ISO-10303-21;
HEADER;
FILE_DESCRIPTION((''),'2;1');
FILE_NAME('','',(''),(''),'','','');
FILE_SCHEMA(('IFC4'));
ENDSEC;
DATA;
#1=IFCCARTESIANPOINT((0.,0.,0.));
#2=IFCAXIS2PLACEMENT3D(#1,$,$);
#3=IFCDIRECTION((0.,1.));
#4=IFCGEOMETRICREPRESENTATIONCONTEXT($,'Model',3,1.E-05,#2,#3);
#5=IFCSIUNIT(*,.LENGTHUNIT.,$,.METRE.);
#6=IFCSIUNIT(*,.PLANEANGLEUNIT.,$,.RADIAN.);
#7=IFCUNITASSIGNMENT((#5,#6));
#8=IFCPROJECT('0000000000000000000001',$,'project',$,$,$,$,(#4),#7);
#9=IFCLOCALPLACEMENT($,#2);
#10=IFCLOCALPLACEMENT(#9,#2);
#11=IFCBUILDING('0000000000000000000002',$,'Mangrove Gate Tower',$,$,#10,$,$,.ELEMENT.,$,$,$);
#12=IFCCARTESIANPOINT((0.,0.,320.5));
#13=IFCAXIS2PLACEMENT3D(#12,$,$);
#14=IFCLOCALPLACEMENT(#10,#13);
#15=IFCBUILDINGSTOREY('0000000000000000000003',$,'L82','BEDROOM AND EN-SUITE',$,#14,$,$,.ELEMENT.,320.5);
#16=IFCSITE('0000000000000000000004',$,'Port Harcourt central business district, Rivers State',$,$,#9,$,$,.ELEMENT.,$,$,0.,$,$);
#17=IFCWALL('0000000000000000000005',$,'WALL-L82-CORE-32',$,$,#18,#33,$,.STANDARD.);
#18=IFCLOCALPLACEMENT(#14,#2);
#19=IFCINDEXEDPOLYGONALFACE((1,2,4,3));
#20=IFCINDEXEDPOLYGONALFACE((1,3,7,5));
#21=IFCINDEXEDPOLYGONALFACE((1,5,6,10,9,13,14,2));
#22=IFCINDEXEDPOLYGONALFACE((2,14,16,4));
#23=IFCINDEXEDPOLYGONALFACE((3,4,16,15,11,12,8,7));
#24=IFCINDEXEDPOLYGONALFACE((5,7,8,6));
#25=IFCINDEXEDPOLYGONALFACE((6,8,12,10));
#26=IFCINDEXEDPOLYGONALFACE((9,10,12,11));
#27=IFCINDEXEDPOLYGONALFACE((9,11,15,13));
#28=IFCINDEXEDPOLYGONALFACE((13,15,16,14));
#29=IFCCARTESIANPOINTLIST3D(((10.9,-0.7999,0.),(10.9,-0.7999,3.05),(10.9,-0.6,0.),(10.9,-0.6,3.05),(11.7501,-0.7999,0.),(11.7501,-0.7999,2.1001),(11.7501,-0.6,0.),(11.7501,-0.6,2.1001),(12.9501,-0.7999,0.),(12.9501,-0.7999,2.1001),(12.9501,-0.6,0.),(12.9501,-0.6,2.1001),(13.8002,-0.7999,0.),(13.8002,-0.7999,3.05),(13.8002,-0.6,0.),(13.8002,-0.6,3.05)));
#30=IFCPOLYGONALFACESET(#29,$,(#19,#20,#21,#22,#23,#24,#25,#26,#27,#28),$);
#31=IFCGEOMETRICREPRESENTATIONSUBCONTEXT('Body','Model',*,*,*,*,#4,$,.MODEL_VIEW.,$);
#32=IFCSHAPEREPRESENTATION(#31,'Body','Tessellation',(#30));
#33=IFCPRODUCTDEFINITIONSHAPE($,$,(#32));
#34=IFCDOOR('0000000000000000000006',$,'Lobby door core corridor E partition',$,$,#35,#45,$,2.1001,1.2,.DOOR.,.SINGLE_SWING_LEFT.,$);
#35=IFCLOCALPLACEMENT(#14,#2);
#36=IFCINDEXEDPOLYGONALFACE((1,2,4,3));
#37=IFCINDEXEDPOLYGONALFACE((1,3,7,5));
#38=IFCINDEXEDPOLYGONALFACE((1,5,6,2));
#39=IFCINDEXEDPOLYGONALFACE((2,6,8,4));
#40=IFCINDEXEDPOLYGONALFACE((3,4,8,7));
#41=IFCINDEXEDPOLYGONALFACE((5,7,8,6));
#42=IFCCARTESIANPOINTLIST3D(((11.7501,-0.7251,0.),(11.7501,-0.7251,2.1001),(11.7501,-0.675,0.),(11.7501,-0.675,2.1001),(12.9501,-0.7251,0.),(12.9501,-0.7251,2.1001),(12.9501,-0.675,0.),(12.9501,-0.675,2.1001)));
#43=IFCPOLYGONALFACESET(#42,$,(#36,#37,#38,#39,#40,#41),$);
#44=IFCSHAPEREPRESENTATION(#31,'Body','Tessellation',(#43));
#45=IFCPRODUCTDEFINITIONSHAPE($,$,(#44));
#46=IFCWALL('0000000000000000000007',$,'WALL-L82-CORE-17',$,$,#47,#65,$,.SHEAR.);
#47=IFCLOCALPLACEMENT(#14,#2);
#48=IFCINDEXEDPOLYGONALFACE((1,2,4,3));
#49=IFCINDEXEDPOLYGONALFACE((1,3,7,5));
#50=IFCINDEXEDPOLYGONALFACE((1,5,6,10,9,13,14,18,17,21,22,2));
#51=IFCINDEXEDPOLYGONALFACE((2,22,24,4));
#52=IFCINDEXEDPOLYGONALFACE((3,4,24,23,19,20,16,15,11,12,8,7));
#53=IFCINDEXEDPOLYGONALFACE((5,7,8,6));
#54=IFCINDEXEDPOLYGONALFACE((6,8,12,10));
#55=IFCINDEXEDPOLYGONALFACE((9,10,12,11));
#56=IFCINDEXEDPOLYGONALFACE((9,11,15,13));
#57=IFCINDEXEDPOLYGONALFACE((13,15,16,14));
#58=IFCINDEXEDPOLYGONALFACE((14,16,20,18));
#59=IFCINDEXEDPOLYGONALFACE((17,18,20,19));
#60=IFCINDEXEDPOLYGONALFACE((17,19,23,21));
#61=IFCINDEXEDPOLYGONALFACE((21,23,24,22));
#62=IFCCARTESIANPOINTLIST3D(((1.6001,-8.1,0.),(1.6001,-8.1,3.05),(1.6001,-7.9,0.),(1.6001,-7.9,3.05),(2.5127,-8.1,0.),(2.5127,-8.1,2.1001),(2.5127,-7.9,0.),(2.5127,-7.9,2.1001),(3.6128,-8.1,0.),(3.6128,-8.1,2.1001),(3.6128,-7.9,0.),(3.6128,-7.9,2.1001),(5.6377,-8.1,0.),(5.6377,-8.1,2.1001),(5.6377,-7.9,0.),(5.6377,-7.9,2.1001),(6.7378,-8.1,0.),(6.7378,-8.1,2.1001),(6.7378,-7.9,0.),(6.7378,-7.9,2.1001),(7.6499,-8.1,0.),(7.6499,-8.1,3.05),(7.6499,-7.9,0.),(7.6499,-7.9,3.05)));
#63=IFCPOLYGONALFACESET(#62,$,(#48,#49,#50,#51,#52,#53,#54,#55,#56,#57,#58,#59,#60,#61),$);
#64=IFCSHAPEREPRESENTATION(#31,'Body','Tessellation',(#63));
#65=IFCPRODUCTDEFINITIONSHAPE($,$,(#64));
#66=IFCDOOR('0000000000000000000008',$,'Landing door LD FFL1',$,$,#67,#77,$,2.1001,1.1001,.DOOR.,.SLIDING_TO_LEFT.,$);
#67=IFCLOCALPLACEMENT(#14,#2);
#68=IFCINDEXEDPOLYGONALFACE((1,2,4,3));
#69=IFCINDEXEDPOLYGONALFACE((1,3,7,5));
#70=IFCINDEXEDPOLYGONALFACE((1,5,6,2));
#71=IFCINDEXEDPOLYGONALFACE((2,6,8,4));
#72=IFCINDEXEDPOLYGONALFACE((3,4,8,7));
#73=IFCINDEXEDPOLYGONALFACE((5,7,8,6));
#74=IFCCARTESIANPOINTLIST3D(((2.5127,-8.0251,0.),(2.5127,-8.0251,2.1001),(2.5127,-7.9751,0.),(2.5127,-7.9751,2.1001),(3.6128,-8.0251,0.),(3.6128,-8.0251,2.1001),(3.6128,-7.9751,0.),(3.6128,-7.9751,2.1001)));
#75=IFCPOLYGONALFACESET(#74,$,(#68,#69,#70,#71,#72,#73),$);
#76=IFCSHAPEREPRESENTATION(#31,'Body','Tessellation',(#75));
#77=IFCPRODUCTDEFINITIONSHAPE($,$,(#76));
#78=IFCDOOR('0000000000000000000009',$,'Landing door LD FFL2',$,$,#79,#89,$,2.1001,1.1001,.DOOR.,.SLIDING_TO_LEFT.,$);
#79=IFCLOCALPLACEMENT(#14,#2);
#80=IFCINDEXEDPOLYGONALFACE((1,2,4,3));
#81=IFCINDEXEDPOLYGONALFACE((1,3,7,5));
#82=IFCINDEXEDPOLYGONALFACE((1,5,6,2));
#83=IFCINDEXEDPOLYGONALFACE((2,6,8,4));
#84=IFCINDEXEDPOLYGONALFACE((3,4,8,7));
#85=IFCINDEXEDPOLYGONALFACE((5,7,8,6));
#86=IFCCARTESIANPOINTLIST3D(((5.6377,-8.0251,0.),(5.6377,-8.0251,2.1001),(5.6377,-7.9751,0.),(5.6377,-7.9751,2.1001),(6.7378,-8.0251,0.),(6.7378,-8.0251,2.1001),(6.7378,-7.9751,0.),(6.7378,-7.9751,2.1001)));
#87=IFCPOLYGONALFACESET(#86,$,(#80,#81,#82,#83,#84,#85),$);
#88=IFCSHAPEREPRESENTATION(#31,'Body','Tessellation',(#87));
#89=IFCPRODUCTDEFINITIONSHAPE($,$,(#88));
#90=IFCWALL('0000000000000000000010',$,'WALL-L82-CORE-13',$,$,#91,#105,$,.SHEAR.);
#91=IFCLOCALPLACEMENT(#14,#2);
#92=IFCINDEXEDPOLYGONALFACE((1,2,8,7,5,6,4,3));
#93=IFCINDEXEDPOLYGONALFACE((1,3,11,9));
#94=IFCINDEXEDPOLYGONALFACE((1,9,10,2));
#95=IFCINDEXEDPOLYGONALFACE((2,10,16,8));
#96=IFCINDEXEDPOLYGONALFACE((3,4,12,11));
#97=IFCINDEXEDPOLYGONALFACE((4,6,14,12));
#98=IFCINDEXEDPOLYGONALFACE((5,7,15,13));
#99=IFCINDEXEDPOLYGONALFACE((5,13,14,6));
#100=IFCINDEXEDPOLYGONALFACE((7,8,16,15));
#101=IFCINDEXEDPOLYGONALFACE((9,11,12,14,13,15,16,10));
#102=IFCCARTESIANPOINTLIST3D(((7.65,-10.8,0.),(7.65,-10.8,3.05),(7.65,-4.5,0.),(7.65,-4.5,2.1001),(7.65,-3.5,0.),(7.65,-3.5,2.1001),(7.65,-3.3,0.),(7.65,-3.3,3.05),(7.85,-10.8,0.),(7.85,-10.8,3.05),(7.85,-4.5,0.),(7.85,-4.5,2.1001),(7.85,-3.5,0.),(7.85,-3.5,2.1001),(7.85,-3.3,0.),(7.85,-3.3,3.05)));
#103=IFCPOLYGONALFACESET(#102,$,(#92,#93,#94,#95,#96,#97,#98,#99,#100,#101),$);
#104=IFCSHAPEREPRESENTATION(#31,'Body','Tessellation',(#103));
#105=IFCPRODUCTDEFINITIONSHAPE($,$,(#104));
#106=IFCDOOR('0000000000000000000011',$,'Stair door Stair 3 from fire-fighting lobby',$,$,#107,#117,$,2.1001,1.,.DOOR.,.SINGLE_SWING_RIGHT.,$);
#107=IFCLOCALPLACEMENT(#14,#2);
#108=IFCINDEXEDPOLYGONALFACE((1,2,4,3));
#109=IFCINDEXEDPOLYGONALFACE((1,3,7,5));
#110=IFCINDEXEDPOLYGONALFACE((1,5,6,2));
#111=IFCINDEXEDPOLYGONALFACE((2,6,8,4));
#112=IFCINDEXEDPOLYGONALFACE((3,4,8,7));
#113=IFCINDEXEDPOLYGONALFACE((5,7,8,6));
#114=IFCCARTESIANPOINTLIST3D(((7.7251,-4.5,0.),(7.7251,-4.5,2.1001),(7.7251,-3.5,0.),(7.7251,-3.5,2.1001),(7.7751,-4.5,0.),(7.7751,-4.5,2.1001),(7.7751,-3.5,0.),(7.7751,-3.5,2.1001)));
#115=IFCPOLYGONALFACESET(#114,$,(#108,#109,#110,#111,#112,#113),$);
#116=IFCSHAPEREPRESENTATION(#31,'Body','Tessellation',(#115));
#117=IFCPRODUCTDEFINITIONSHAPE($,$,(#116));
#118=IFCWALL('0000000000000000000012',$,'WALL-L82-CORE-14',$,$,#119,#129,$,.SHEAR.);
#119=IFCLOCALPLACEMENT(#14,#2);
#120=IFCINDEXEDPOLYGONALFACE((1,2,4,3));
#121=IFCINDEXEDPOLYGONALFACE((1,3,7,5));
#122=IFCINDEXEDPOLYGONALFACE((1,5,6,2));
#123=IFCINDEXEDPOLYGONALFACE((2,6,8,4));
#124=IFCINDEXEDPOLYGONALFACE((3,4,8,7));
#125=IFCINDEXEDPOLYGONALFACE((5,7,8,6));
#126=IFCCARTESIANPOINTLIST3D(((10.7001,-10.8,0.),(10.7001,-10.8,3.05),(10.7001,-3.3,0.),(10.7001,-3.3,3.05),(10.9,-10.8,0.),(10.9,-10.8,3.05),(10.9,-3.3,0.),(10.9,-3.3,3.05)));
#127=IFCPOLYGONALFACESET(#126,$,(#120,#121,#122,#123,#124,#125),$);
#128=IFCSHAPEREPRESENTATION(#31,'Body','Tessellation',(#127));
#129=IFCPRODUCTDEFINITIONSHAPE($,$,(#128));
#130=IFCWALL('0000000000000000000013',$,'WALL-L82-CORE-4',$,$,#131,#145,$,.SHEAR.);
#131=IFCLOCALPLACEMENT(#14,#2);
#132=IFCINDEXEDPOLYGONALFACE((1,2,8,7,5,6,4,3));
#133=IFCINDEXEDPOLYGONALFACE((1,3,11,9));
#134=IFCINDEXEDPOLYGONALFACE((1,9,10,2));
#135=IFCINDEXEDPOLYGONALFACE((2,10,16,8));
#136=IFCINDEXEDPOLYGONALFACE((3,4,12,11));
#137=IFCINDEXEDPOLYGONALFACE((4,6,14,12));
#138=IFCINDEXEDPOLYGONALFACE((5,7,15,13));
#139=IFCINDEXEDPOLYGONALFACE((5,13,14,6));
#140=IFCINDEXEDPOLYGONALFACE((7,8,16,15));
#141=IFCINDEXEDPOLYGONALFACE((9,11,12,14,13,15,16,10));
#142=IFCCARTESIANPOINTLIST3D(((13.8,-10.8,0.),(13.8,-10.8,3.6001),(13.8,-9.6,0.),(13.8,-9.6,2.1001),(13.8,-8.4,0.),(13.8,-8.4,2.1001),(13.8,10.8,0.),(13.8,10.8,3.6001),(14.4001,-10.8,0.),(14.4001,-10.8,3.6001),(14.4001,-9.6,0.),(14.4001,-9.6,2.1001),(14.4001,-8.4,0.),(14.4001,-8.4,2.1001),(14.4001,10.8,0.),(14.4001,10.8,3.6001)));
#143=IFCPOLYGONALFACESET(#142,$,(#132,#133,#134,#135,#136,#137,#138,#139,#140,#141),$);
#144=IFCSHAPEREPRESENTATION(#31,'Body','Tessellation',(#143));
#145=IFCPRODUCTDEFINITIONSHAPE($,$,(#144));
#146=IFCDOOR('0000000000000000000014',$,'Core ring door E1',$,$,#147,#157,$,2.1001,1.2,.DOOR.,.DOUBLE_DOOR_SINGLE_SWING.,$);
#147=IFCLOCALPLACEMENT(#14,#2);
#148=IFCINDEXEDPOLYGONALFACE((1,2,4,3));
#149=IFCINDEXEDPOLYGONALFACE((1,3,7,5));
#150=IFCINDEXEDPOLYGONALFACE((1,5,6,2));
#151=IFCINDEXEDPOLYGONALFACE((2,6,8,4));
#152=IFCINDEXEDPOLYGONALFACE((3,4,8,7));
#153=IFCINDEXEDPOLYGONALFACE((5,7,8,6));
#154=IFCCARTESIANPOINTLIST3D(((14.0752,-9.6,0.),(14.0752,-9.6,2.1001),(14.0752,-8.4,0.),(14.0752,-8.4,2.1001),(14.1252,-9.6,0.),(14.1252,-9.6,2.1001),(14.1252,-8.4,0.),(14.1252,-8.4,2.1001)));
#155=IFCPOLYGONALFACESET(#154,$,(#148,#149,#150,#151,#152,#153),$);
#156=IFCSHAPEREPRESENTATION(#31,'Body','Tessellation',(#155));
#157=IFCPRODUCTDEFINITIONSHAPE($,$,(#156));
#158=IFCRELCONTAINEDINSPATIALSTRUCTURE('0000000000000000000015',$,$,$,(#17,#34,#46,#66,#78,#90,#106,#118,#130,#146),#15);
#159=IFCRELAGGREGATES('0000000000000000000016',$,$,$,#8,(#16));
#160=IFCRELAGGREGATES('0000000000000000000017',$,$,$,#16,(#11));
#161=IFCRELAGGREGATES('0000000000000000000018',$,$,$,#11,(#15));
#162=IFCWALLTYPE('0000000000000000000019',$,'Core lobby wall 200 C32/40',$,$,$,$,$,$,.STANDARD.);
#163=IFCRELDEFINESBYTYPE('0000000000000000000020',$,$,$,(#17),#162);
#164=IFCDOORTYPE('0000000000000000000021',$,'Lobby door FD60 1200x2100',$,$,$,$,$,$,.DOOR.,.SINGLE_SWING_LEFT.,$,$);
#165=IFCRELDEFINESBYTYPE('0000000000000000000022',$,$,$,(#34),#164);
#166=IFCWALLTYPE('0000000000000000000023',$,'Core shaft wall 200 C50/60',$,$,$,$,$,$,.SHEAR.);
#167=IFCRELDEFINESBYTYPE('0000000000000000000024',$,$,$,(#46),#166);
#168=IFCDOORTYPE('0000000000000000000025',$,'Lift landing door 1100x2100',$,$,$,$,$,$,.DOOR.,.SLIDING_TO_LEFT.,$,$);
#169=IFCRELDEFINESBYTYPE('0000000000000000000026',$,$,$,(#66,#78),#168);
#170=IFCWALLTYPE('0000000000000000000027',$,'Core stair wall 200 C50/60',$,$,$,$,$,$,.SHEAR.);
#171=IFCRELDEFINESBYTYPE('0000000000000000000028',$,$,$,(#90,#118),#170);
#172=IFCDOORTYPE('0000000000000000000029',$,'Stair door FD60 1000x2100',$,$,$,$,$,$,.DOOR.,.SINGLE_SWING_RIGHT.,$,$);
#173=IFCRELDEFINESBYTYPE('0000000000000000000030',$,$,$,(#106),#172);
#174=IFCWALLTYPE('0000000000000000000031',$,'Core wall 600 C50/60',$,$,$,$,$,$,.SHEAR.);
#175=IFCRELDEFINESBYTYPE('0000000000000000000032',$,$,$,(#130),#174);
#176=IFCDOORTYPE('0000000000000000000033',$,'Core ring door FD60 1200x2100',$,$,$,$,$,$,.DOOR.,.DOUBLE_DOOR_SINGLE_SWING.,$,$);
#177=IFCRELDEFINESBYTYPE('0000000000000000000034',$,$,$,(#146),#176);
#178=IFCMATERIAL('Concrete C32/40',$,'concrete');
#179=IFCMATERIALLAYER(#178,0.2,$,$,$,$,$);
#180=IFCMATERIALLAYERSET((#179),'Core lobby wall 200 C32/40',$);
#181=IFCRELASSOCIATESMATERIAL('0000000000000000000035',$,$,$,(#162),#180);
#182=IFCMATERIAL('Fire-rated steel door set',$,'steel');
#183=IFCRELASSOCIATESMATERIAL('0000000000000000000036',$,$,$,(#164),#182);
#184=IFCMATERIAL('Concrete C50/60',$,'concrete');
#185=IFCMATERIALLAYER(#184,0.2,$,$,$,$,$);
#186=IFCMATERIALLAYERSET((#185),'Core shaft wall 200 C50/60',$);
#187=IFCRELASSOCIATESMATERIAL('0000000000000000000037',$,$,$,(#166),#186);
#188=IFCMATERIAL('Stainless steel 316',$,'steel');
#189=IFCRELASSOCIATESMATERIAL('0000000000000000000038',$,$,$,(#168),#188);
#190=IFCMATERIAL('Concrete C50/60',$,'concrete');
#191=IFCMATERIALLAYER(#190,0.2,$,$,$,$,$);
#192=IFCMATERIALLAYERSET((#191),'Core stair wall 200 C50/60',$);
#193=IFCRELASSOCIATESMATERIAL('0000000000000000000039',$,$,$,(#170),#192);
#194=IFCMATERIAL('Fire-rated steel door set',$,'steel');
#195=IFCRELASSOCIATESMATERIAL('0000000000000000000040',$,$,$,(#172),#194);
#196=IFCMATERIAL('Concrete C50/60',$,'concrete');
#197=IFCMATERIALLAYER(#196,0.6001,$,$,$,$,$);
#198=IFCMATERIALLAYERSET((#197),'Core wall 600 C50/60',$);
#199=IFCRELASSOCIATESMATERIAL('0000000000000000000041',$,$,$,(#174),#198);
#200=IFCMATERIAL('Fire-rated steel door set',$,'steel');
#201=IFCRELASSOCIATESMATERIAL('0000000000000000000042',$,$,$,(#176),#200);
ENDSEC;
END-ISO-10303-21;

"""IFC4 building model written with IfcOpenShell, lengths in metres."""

from ifc_helpers import new_model, si_unit, direction, frame, frame_2d, origin, place, context, subcontext, project, spatial, rectangle, extrude, material, layer, layer_set, type_object, element, fill, save


model = new_model("IFC4")

# Units and contexts
model_context = context("Model", 3, precision=1e-05, world=origin(), true_north=direction((0.0, 1.0)))
body_context = subcontext(model_context, "Body", "Model", "MODEL_VIEW")
ifc_project = project(units=[si_unit("LENGTHUNIT", "METRE"), si_unit("PLANEANGLEUNIT", "RADIAN")], contexts=[model_context])

# Site, building, storey
site_placement = place(None, origin())
site = spatial("IfcSite", under=ifc_project, at=site_placement, Name="Port Harcourt central business district, Rivers State", CompositionType="ELEMENT", RefElevation=0.0)
building_placement = place(site_placement, origin())
building = spatial("IfcBuilding", under=site, at=building_placement, Name="Mangrove Gate Tower", CompositionType="ELEMENT")
storey_placement = place(building_placement, frame((0.0, 0.0, 320.5)))
storey = spatial("IfcBuildingStorey", under=building, at=storey_placement, Name="L82", Description="BEDROOM AND EN-SUITE", CompositionType="ELEMENT", Elevation=320.5)

# Wall, opening, door
ifc_material_1 = material(Name="Concrete C32/40", Category="concrete")
ifc_layer_1 = layer(ifc_material_1, 0.2)
ifc_layer_set_1 = layer_set([ifc_layer_1], Name="Core lobby wall 200 C32/40")
wall_type_1 = type_object("IfcWallType", Name="Core lobby wall 200 C32/40", PredefinedType="STANDARD", material=ifc_layer_set_1)
wall_1_placement = place(storey_placement, frame((10.8999, -0.7, 0.0), z_axis=(0.0, 0.0, 1.0), x_axis=(1.0, 0.0, 0.0)))
wall_1 = element("IfcWall", 1, at=wall_1_placement, inside=storey, type_object=wall_type_1, Name="WALL-L82-CORE-32", PredefinedType="STANDARD", context=body_context, shape_type="SweptSolid", body=[
    extrude(rectangle(XDim=2.9001, YDim=0.2, at=frame_2d((1.4502, 0.0))), origin(), (0.0, 0.0, 1.0), 3.05),
])
opening_1_placement = place(wall_1_placement, frame((0.8501, 0.0, 0.0)))
opening_1 = element("IfcOpeningElement", 2, at=opening_1_placement, cuts=wall_1, PredefinedType="OPENING", context=body_context, shape_type="SweptSolid", body=[
    extrude(rectangle(XDim=1.2, YDim=2.1001, at=frame_2d((0.6001, 1.05))), frame((0.0, 0.1099, 0.0), z_axis=(0.0, -1.0, 0.0), x_axis=(1.0, 0.0, 0.0)), (0.0, 0.0, 1.0), 0.22),
])
ifc_material_2 = material(Name="Fire-rated steel door set", Category="steel")
door_type_1 = type_object("IfcDoorType", Name="Lobby door FD60 1200x2100", OperationType="SINGLE_SWING_LEFT", PredefinedType="DOOR", material=ifc_material_2)
door_1_placement = place(opening_1_placement, origin())
door_1 = element("IfcDoor", 3, at=door_1_placement, inside=storey, type_object=door_type_1, Name="Lobby door core corridor E partition", OperationType="SINGLE_SWING_LEFT", OverallHeight=2.1001, OverallWidth=1.2, PredefinedType="DOOR", context=body_context, shape_type="SweptSolid", body=[
    extrude(rectangle(XDim=1.2, YDim=2.1001, at=frame_2d((0.6001, 1.05))), frame((0.0, 0.0249, 0.0), z_axis=(0.0, -1.0, 0.0), x_axis=(1.0, 0.0, 0.0)), (0.0, 0.0, 1.0), 0.05),
])
fill(opening_1, door_1)

# Wall, openings, doors
ifc_material_3 = material(Name="Concrete C50/60", Category="concrete")
ifc_layer_2 = layer(ifc_material_3, 0.2)
ifc_layer_set_2 = layer_set([ifc_layer_2], Name="Core shaft wall 200 C50/60")
wall_type_2 = type_object("IfcWallType", Name="Core shaft wall 200 C50/60", PredefinedType="SHEAR", material=ifc_layer_set_2)
wall_2_placement = place(storey_placement, frame((1.6001, -8.0, 0.0), z_axis=(0.0, 0.0, 1.0), x_axis=(1.0, 0.0, 0.0)))
wall_2 = element("IfcWall", 4, at=wall_2_placement, inside=storey, type_object=wall_type_2, Name="WALL-L82-CORE-17", PredefinedType="SHEAR", context=body_context, shape_type="SweptSolid", body=[
    extrude(rectangle(XDim=6.0498, YDim=0.2, at=frame_2d((3.0249, 0.0))), origin(), (0.0, 0.0, 1.0), 3.05),
])
opening_2_placement = place(wall_2_placement, frame((0.9126, 0.0, 0.0)))
opening_2 = element("IfcOpeningElement", 5, at=opening_2_placement, cuts=wall_2, PredefinedType="OPENING", context=body_context, shape_type="SweptSolid", body=[
    extrude(rectangle(XDim=1.1001, YDim=2.1001, at=frame_2d((0.55, 1.05))), frame((0.0, 0.1099, 0.0), z_axis=(0.0, -1.0, 0.0), x_axis=(1.0, 0.0, 0.0)), (0.0, 0.0, 1.0), 0.22),
])
opening_3_placement = place(wall_2_placement, frame((4.0376, 0.0, 0.0)))
opening_3 = element("IfcOpeningElement", 6, at=opening_3_placement, cuts=wall_2, PredefinedType="OPENING", context=body_context, shape_type="SweptSolid", body=[
    extrude(rectangle(XDim=1.1001, YDim=2.1001, at=frame_2d((0.55, 1.05))), frame((0.0, 0.1099, 0.0), z_axis=(0.0, -1.0, 0.0), x_axis=(1.0, 0.0, 0.0)), (0.0, 0.0, 1.0), 0.22),
])
ifc_material_4 = material(Name="Stainless steel 316", Category="steel")
door_type_2 = type_object("IfcDoorType", Name="Lift landing door 1100x2100", OperationType="SLIDING_TO_LEFT", PredefinedType="DOOR", material=ifc_material_4)
door_2_placement = place(opening_2_placement, origin())
door_2 = element("IfcDoor", 7, at=door_2_placement, inside=storey, type_object=door_type_2, Name="Landing door LD FFL1", OperationType="SLIDING_TO_LEFT", OverallHeight=2.1001, OverallWidth=1.1001, PredefinedType="DOOR", context=body_context, shape_type="SweptSolid", body=[
    extrude(rectangle(XDim=1.1001, YDim=2.1001, at=frame_2d((0.55, 1.05))), frame((0.0, 0.0249, 0.0), z_axis=(0.0, -1.0, 0.0), x_axis=(1.0, 0.0, 0.0)), (0.0, 0.0, 1.0), 0.05),
])
fill(opening_2, door_2)
door_3_placement = place(opening_3_placement, origin())
door_3 = element("IfcDoor", 8, at=door_3_placement, inside=storey, type_object=door_type_2, Name="Landing door LD FFL2", OperationType="SLIDING_TO_LEFT", OverallHeight=2.1001, OverallWidth=1.1001, PredefinedType="DOOR", context=body_context, shape_type="SweptSolid", body=[
    extrude(rectangle(XDim=1.1001, YDim=2.1001, at=frame_2d((0.55, 1.05))), frame((0.0, 0.0249, 0.0), z_axis=(0.0, -1.0, 0.0), x_axis=(1.0, 0.0, 0.0)), (0.0, 0.0, 1.0), 0.05),
])
fill(opening_3, door_3)

# Wall, opening, door
ifc_material_5 = material(Name="Concrete C50/60", Category="concrete")
ifc_layer_3 = layer(ifc_material_5, 0.2)
ifc_layer_set_3 = layer_set([ifc_layer_3], Name="Core stair wall 200 C50/60")
wall_type_3 = type_object("IfcWallType", Name="Core stair wall 200 C50/60", PredefinedType="SHEAR", material=ifc_layer_set_3)
wall_3_placement = place(storey_placement, frame((7.75, -10.8, 0.0), z_axis=(0.0, 0.0, 1.0), x_axis=(0.0, 1.0, 0.0)))
wall_3 = element("IfcWall", 9, at=wall_3_placement, inside=storey, type_object=wall_type_3, Name="WALL-L82-CORE-13", PredefinedType="SHEAR", context=body_context, shape_type="SweptSolid", body=[
    extrude(rectangle(XDim=7.5, YDim=0.2, at=frame_2d((3.75, 0.0))), origin(), (0.0, 0.0, 1.0), 3.05),
])
opening_4_placement = place(wall_3_placement, frame((6.3, 0.0, 0.0)))
opening_4 = element("IfcOpeningElement", 10, at=opening_4_placement, cuts=wall_3, PredefinedType="OPENING", context=body_context, shape_type="SweptSolid", body=[
    extrude(rectangle(XDim=1.0, YDim=2.1001, at=frame_2d((0.5, 1.05))), frame((0.0, 0.1099, 0.0), z_axis=(0.0, -1.0, 0.0), x_axis=(1.0, 0.0, 0.0)), (0.0, 0.0, 1.0), 0.22),
])
ifc_material_6 = material(Name="Fire-rated steel door set", Category="steel")
door_type_3 = type_object("IfcDoorType", Name="Stair door FD60 1000x2100", OperationType="SINGLE_SWING_RIGHT", PredefinedType="DOOR", material=ifc_material_6)
door_4_placement = place(opening_4_placement, origin())
door_4 = element("IfcDoor", 11, at=door_4_placement, inside=storey, type_object=door_type_3, Name="Stair door Stair 3 from fire-fighting lobby", OperationType="SINGLE_SWING_RIGHT", OverallHeight=2.1001, OverallWidth=1.0, PredefinedType="DOOR", context=body_context, shape_type="SweptSolid", body=[
    extrude(rectangle(XDim=1.0, YDim=2.1001, at=frame_2d((0.5, 1.05))), frame((0.0, 0.0249, 0.0), z_axis=(0.0, -1.0, 0.0), x_axis=(1.0, 0.0, 0.0)), (0.0, 0.0, 1.0), 0.05),
])
fill(opening_4, door_4)

# Wall
wall_4_placement = place(storey_placement, frame((10.8, -10.8, 0.0), z_axis=(0.0, 0.0, 1.0), x_axis=(0.0, 1.0, 0.0)))
element("IfcWall", 12, at=wall_4_placement, inside=storey, type_object=wall_type_3, Name="WALL-L82-CORE-14", PredefinedType="SHEAR", context=body_context, shape_type="SweptSolid", body=[
    extrude(rectangle(XDim=7.5, YDim=0.2, at=frame_2d((3.75, 0.0))), origin(), (0.0, 0.0, 1.0), 3.05),
])

# Wall, opening, door
ifc_material_7 = material(Name="Concrete C50/60", Category="concrete")
ifc_layer_4 = layer(ifc_material_7, 0.6001)
ifc_layer_set_4 = layer_set([ifc_layer_4], Name="Core wall 600 C50/60")
wall_type_4 = type_object("IfcWallType", Name="Core wall 600 C50/60", PredefinedType="SHEAR", material=ifc_layer_set_4)
wall_5_placement = place(storey_placement, frame((14.1001, -10.8, 0.0), z_axis=(0.0, 0.0, 1.0), x_axis=(0.0, 1.0, 0.0)))
wall_5 = element("IfcWall", 13, at=wall_5_placement, inside=storey, type_object=wall_type_4, Name="WALL-L82-CORE-4", PredefinedType="SHEAR", context=body_context, shape_type="SweptSolid", body=[
    extrude(rectangle(XDim=21.6001, YDim=0.6001, at=frame_2d((10.8, 0.0))), origin(), (0.0, 0.0, 1.0), 3.6001),
])
opening_5_placement = place(wall_5_placement, frame((1.2, 0.0, 0.0)))
opening_5 = element("IfcOpeningElement", 14, at=opening_5_placement, cuts=wall_5, PredefinedType="OPENING", context=body_context, shape_type="SweptSolid", body=[
    extrude(rectangle(XDim=1.2, YDim=2.1001, at=frame_2d((0.6001, 1.05))), frame((0.0, 0.3101, 0.0), z_axis=(0.0, -1.0, 0.0), x_axis=(1.0, 0.0, 0.0)), (0.0, 0.0, 1.0), 0.6201),
])
ifc_material_8 = material(Name="Fire-rated steel door set", Category="steel")
door_type_4 = type_object("IfcDoorType", Name="Core ring door FD60 1200x2100", OperationType="DOUBLE_DOOR_SINGLE_SWING", PredefinedType="DOOR", material=ifc_material_8)
door_5_placement = place(opening_5_placement, origin())
door_5 = element("IfcDoor", 15, at=door_5_placement, inside=storey, type_object=door_type_4, Name="Core ring door E1", OperationType="DOUBLE_DOOR_SINGLE_SWING", OverallHeight=2.1001, OverallWidth=1.2, PredefinedType="DOOR", context=body_context, shape_type="SweptSolid", body=[
    extrude(rectangle(XDim=1.2, YDim=2.1001, at=frame_2d((0.6001, 1.05))), frame((0.0, 0.0249, 0.0), z_axis=(0.0, -1.0, 0.0), x_axis=(1.0, 0.0, 0.0)), (0.0, 0.0, 1.0), 0.05),
])
fill(opening_5, door_5)

save(model, "model.ifc")
